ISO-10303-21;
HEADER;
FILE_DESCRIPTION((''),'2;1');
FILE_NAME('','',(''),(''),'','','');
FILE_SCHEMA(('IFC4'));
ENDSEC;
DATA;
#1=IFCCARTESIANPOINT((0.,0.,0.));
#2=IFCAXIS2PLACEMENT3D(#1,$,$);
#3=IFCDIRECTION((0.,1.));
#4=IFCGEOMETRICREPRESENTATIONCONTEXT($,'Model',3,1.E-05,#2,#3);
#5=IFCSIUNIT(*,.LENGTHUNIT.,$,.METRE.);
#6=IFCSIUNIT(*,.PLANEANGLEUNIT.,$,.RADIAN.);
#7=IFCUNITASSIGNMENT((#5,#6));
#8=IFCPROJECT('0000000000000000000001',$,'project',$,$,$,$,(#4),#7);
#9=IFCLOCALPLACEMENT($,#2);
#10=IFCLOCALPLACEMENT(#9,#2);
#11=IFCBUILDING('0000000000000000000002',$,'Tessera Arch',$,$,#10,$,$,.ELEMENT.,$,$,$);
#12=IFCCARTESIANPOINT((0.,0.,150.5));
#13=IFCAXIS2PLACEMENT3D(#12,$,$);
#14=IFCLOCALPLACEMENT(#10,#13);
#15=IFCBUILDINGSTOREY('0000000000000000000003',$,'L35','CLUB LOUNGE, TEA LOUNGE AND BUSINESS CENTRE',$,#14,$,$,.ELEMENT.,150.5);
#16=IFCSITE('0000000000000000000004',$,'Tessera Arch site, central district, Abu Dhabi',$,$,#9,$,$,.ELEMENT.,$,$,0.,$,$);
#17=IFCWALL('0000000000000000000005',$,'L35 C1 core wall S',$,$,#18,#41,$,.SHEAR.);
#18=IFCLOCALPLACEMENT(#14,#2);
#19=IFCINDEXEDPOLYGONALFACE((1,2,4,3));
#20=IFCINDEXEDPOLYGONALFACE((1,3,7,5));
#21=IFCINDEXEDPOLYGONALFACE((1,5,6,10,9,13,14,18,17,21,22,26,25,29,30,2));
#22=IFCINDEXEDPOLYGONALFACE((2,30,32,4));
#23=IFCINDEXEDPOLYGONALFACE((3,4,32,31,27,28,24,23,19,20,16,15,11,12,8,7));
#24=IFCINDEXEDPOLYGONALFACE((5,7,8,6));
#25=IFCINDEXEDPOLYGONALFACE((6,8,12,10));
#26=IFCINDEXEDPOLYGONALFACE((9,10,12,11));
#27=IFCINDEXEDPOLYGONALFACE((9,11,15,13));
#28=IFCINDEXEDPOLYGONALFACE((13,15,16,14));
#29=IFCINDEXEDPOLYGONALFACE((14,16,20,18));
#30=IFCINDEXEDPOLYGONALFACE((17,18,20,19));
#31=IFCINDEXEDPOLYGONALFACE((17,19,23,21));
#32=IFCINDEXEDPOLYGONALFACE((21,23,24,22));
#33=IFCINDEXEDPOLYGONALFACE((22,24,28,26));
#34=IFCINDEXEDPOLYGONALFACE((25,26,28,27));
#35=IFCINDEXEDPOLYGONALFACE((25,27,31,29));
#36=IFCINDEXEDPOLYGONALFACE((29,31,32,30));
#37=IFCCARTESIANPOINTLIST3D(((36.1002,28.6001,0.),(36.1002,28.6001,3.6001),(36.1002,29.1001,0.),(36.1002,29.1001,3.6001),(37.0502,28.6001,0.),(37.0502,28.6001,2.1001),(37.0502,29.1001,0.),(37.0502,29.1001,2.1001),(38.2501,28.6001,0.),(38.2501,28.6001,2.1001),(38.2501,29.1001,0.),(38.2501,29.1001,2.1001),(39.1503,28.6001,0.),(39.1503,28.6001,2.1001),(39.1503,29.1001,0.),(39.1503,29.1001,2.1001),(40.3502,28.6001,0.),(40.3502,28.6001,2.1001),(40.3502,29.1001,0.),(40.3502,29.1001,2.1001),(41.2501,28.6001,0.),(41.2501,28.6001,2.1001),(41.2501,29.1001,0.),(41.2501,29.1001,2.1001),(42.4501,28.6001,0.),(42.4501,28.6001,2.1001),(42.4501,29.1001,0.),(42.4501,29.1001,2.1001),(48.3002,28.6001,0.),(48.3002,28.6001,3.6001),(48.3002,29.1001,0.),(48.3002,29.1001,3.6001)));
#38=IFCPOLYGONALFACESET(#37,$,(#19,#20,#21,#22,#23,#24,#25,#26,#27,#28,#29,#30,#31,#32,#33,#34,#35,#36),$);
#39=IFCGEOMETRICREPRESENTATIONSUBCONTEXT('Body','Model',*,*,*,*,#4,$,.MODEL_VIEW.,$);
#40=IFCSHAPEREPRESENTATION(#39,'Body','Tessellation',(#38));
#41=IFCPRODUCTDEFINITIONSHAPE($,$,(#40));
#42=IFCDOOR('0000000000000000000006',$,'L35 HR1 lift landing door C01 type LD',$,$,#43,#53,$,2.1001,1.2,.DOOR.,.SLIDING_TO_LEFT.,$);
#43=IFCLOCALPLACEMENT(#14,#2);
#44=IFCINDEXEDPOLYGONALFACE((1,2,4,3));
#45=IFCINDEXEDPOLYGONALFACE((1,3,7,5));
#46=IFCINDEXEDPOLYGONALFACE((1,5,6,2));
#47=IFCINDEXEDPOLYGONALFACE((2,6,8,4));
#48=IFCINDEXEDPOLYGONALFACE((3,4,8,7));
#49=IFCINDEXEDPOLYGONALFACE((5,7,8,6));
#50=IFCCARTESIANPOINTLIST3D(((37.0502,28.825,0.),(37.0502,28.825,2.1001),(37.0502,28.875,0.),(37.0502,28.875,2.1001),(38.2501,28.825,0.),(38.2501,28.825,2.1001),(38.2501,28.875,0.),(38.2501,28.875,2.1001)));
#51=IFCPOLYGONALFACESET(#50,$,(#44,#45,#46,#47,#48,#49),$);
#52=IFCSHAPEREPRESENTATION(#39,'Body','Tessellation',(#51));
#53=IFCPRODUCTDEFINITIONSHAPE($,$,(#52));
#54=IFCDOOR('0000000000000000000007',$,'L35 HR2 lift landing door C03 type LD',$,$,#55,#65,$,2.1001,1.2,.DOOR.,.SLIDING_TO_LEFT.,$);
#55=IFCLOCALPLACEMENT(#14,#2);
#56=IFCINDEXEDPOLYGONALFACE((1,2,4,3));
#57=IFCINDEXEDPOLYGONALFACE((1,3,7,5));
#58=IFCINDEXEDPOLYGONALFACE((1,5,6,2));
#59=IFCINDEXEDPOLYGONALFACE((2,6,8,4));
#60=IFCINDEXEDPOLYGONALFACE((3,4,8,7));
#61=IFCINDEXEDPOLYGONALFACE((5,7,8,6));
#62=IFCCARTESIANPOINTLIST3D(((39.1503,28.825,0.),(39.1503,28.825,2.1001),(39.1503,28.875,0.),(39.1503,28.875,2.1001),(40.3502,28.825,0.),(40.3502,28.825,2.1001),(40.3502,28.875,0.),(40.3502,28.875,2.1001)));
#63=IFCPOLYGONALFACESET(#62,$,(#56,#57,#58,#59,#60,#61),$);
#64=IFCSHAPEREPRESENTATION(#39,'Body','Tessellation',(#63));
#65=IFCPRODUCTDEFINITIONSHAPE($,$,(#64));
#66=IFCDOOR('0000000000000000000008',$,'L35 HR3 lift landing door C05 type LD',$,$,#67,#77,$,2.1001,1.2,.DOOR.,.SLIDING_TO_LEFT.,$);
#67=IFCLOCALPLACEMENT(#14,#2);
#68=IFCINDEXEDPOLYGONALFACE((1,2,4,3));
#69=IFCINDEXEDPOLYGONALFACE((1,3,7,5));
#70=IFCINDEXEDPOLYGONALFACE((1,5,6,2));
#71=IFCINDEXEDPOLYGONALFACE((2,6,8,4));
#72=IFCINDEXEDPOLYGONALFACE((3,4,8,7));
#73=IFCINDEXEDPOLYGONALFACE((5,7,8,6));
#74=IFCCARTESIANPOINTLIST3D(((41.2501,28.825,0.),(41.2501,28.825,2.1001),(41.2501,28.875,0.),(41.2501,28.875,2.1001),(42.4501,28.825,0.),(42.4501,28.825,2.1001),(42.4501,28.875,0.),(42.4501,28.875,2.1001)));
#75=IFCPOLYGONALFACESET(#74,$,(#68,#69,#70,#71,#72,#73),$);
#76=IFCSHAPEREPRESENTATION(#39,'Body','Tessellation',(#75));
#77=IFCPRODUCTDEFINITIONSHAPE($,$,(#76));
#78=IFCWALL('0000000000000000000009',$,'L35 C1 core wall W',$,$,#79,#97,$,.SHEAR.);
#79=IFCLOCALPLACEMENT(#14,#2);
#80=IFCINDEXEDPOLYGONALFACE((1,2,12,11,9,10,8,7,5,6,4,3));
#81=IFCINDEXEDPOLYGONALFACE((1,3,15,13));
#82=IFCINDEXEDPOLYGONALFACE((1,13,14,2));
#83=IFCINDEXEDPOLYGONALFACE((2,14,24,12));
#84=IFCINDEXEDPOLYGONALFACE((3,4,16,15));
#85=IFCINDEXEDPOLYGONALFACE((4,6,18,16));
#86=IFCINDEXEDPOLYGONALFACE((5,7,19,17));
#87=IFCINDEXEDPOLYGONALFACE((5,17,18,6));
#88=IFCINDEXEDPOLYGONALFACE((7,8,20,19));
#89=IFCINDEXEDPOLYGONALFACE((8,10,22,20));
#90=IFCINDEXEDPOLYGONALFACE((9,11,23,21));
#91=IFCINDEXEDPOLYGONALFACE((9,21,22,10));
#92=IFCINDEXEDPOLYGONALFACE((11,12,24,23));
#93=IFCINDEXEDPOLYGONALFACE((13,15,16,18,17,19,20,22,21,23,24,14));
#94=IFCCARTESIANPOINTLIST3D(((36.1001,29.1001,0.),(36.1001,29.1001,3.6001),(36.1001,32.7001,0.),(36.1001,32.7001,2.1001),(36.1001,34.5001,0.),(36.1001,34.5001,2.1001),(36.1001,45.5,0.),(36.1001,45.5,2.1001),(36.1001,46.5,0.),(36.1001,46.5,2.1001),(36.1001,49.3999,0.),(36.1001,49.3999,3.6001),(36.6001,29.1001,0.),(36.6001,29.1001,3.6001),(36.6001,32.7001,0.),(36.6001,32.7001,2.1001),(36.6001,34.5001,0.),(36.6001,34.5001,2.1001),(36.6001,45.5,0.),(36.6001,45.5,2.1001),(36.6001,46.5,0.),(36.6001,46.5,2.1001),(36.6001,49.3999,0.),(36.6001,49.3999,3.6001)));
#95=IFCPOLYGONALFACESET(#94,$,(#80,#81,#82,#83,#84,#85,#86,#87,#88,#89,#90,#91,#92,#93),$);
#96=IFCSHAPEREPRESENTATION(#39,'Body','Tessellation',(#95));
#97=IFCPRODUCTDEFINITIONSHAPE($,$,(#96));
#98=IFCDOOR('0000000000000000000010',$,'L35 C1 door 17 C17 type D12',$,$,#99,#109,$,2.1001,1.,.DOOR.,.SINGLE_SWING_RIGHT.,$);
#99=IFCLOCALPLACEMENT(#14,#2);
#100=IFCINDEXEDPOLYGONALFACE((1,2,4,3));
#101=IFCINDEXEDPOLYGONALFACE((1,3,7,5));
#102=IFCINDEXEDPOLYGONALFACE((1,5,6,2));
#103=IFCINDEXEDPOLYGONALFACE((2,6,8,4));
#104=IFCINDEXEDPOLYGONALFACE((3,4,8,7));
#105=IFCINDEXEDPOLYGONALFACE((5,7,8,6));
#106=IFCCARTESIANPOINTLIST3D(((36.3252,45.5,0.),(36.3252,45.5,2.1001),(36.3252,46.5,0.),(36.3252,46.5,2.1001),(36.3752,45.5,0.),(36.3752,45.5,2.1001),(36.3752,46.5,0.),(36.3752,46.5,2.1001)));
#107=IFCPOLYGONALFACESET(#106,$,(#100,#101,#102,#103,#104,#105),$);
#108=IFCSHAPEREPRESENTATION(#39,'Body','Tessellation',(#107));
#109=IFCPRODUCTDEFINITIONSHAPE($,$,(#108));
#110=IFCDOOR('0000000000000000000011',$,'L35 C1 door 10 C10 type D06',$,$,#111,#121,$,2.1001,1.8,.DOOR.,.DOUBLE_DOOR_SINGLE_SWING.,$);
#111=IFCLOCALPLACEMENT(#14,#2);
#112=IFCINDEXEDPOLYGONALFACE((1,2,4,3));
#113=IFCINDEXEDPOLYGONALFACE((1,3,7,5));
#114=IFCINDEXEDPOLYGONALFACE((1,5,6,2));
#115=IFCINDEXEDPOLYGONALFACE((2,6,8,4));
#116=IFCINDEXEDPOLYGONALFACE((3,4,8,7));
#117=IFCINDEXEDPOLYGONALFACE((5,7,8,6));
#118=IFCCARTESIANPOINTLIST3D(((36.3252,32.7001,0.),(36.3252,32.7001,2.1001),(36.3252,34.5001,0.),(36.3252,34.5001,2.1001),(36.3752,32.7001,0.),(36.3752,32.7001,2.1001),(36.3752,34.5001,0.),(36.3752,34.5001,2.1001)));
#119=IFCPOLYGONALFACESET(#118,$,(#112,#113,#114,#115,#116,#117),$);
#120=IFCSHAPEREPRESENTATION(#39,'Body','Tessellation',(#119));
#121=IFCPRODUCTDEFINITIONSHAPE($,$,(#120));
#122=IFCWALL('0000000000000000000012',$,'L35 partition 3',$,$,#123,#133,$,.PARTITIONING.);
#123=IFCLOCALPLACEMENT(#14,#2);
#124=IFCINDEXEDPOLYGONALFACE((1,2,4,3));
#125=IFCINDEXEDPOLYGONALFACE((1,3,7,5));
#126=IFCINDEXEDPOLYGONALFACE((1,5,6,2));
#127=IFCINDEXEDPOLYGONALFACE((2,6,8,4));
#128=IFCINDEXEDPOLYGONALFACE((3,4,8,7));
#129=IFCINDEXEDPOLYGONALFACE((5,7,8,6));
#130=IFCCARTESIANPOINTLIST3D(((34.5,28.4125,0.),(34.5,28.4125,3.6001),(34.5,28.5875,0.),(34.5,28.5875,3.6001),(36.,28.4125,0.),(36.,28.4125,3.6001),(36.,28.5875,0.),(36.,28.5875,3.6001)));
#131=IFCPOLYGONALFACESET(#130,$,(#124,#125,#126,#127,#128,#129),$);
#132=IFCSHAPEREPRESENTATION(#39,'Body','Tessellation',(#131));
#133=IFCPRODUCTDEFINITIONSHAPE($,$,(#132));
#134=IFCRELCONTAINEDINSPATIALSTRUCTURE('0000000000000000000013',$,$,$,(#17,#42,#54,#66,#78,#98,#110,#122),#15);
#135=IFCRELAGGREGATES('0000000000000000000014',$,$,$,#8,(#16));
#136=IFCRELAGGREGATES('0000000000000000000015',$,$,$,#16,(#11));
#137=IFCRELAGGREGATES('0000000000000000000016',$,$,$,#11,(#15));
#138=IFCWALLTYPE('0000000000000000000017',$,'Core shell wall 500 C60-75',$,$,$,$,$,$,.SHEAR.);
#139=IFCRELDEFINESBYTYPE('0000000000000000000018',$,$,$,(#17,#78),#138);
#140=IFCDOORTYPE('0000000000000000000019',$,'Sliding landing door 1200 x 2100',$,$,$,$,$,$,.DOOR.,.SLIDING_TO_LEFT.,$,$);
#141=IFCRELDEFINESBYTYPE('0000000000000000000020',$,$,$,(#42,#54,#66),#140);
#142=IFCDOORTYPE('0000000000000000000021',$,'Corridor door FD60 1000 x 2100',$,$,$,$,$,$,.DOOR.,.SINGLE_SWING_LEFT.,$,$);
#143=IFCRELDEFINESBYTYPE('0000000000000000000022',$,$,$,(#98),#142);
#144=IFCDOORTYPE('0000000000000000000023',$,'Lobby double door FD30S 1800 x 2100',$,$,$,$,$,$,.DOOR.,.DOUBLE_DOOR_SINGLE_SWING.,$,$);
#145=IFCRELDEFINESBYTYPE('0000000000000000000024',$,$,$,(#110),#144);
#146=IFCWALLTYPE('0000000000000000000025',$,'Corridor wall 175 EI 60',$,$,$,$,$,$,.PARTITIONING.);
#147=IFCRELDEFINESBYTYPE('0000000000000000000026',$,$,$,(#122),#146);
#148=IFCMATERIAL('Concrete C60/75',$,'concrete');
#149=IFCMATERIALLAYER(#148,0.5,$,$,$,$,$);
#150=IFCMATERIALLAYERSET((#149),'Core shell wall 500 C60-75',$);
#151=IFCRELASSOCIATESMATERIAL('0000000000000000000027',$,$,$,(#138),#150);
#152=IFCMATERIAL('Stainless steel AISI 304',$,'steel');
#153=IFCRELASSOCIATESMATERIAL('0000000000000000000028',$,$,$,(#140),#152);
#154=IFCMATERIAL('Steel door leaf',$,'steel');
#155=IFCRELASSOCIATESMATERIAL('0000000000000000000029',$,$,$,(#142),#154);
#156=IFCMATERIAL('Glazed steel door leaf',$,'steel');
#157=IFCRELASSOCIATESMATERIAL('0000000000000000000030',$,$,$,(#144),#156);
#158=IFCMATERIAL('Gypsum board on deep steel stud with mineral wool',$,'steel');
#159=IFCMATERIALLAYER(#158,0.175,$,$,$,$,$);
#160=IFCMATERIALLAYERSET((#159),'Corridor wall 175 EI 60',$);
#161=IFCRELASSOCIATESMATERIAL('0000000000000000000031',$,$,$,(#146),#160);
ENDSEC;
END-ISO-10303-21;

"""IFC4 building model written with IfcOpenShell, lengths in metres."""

from ifc_helpers import new_model, si_unit, direction, frame, frame_2d, origin, place, context, subcontext, project, spatial, rectangle, extrude, material, layer, layer_set, type_object, element, fill, save


model = new_model("IFC4")

# Units and contexts
model_context = context("Model", 3, precision=1e-05, world=origin(), true_north=direction((0.0, 1.0)))
body_context = subcontext(model_context, "Body", "Model", "MODEL_VIEW")
ifc_project = project(units=[si_unit("LENGTHUNIT", "METRE"), si_unit("PLANEANGLEUNIT", "RADIAN")], contexts=[model_context])

# Site, building, storey
site_placement = place(None, origin())
site = spatial("IfcSite", under=ifc_project, at=site_placement, Name="Tessera Arch site, central district, Abu Dhabi", CompositionType="ELEMENT", RefElevation=0.0)
building_placement = place(site_placement, origin())
building = spatial("IfcBuilding", under=site, at=building_placement, Name="Tessera Arch", CompositionType="ELEMENT")
storey_placement = place(building_placement, frame((0.0, 0.0, 150.5)))
storey = spatial("IfcBuildingStorey", under=building, at=storey_placement, Name="L35", Description="CLUB LOUNGE, TEA LOUNGE AND BUSINESS CENTRE", CompositionType="ELEMENT", Elevation=150.5)

# Walls, openings, doors
ifc_material_1 = material(Name="Concrete C60/75", Category="concrete")
ifc_layer_1 = layer(ifc_material_1, 0.5)
ifc_layer_set_1 = layer_set([ifc_layer_1], Name="Core shell wall 500 C60-75")
wall_type_1 = type_object("IfcWallType", Name="Core shell wall 500 C60-75", PredefinedType="SHEAR", material=ifc_layer_set_1)
wall_1_placement = place(storey_placement, frame((36.1001, 28.8501, 0.0), z_axis=(0.0, 0.0, 1.0), x_axis=(1.0, 0.0, 0.0)))
wall_1 = element("IfcWall", 1, at=wall_1_placement, inside=storey, type_object=wall_type_1, Name="L35 C1 core wall S", PredefinedType="SHEAR", context=body_context, shape_type="SweptSolid", body=[
    extrude(rectangle(XDim=12.2, YDim=0.5, at=frame_2d((6.1001, 0.0))), origin(), (0.0, 0.0, 1.0), 3.6001),
])
opening_1_placement = place(wall_1_placement, frame((0.95, 0.0, 0.0)))
opening_1 = element("IfcOpeningElement", 2, at=opening_1_placement, cuts=wall_1, PredefinedType="OPENING", context=body_context, shape_type="SweptSolid", body=[
    extrude(rectangle(XDim=1.2, YDim=2.1001, at=frame_2d((0.6001, 1.05))), frame((0.0, 0.26, 0.0), z_axis=(0.0, -1.0, 0.0), x_axis=(1.0, 0.0, 0.0)), (0.0, 0.0, 1.0), 0.52),
])
opening_2_placement = place(wall_1_placement, frame((3.05, 0.0, 0.0)))
opening_2 = element("IfcOpeningElement", 3, at=opening_2_placement, cuts=wall_1, PredefinedType="OPENING", context=body_context, shape_type="SweptSolid", body=[
    extrude(rectangle(XDim=1.2, YDim=2.1001, at=frame_2d((0.6001, 1.05))), frame((0.0, 0.26, 0.0), z_axis=(0.0, -1.0, 0.0), x_axis=(1.0, 0.0, 0.0)), (0.0, 0.0, 1.0), 0.52),
])
opening_3_placement = place(wall_1_placement, frame((5.1499, 0.0, 0.0)))
opening_3 = element("IfcOpeningElement", 4, at=opening_3_placement, cuts=wall_1, PredefinedType="OPENING", context=body_context, shape_type="SweptSolid", body=[
    extrude(rectangle(XDim=1.2, YDim=2.1001, at=frame_2d((0.6001, 1.05))), frame((0.0, 0.26, 0.0), z_axis=(0.0, -1.0, 0.0), x_axis=(1.0, 0.0, 0.0)), (0.0, 0.0, 1.0), 0.52),
])
ifc_material_2 = material(Name="Stainless steel AISI 304", Category="steel")
door_type_1 = type_object("IfcDoorType", Name="Sliding landing door 1200 x 2100", OperationType="SLIDING_TO_LEFT", PredefinedType="DOOR", material=ifc_material_2)
door_1_placement = place(opening_1_placement, origin())
door_1 = element("IfcDoor", 5, at=door_1_placement, inside=storey, type_object=door_type_1, Name="L35 HR1 lift landing door C01 type LD", OperationType="SLIDING_TO_LEFT", OverallHeight=2.1001, OverallWidth=1.2, PredefinedType="DOOR", context=body_context, shape_type="SweptSolid", body=[
    extrude(rectangle(XDim=1.2, YDim=2.1001, at=frame_2d((0.6001, 1.05))), frame((0.0, 0.0249, 0.0), z_axis=(0.0, -1.0, 0.0), x_axis=(1.0, 0.0, 0.0)), (0.0, 0.0, 1.0), 0.05),
])
fill(opening_1, door_1)
door_2_placement = place(opening_2_placement, origin())
door_2 = element("IfcDoor", 6, at=door_2_placement, inside=storey, type_object=door_type_1, Name="L35 HR2 lift landing door C03 type LD", OperationType="SLIDING_TO_LEFT", OverallHeight=2.1001, OverallWidth=1.2, PredefinedType="DOOR", context=body_context, shape_type="SweptSolid", body=[
    extrude(rectangle(XDim=1.2, YDim=2.1001, at=frame_2d((0.6001, 1.05))), frame((0.0, 0.0249, 0.0), z_axis=(0.0, -1.0, 0.0), x_axis=(1.0, 0.0, 0.0)), (0.0, 0.0, 1.0), 0.05),
])
fill(opening_2, door_2)
door_3_placement = place(opening_3_placement, origin())
door_3 = element("IfcDoor", 7, at=door_3_placement, inside=storey, type_object=door_type_1, Name="L35 HR3 lift landing door C05 type LD", OperationType="SLIDING_TO_LEFT", OverallHeight=2.1001, OverallWidth=1.2, PredefinedType="DOOR", context=body_context, shape_type="SweptSolid", body=[
    extrude(rectangle(XDim=1.2, YDim=2.1001, at=frame_2d((0.6001, 1.05))), frame((0.0, 0.0249, 0.0), z_axis=(0.0, -1.0, 0.0), x_axis=(1.0, 0.0, 0.0)), (0.0, 0.0, 1.0), 0.05),
])
fill(opening_3, door_3)
wall_2_placement = place(storey_placement, frame((36.3501, 29.1001, 0.0), z_axis=(0.0, 0.0, 1.0), x_axis=(0.0, 1.0, 0.0)))
wall_2 = element("IfcWall", 8, at=wall_2_placement, inside=storey, type_object=wall_type_1, Name="L35 C1 core wall W", PredefinedType="SHEAR", context=body_context, shape_type="SweptSolid", body=[
    extrude(rectangle(XDim=20.2998, YDim=0.5, at=frame_2d((10.1499, 0.0))), origin(), (0.0, 0.0, 1.0), 3.6001),
])
opening_4_placement = place(wall_2_placement, frame((3.6001, 0.0, 0.0)))
opening_4 = element("IfcOpeningElement", 9, at=opening_4_placement, cuts=wall_2, PredefinedType="OPENING", context=body_context, shape_type="SweptSolid", body=[
    extrude(rectangle(XDim=1.8, YDim=2.1001, at=frame_2d((0.8999, 1.05))), frame((0.0, 0.26, 0.0), z_axis=(0.0, -1.0, 0.0), x_axis=(1.0, 0.0, 0.0)), (0.0, 0.0, 1.0), 0.52),
])
opening_5_placement = place(wall_2_placement, frame((16.3999, 0.0, 0.0)))
opening_5 = element("IfcOpeningElement", 10, at=opening_5_placement, cuts=wall_2, PredefinedType="OPENING", context=body_context, shape_type="SweptSolid", body=[
    extrude(rectangle(XDim=1.0, YDim=2.1001, at=frame_2d((0.5, 1.05))), frame((0.0, 0.26, 0.0), z_axis=(0.0, -1.0, 0.0), x_axis=(1.0, 0.0, 0.0)), (0.0, 0.0, 1.0), 0.52),
])
ifc_material_3 = material(Name="Steel door leaf", Category="steel")
door_type_2 = type_object("IfcDoorType", Name="Corridor door FD60 1000 x 2100", OperationType="SINGLE_SWING_LEFT", PredefinedType="DOOR", material=ifc_material_3)
door_4_placement = place(opening_5_placement, origin())
door_4 = element("IfcDoor", 11, at=door_4_placement, inside=storey, type_object=door_type_2, Name="L35 C1 door 17 C17 type D12", OperationType="SINGLE_SWING_RIGHT", OverallHeight=2.1001, OverallWidth=1.0, PredefinedType="DOOR", context=body_context, shape_type="SweptSolid", body=[
    extrude(rectangle(XDim=1.0, YDim=2.1001, at=frame_2d((0.5, 1.05))), frame((0.0, 0.0249, 0.0), z_axis=(0.0, -1.0, 0.0), x_axis=(1.0, 0.0, 0.0)), (0.0, 0.0, 1.0), 0.05),
])
fill(opening_5, door_4)
ifc_material_4 = material(Name="Glazed steel door leaf", Category="steel")
door_type_3 = type_object("IfcDoorType", Name="Lobby double door FD30S 1800 x 2100", OperationType="DOUBLE_DOOR_SINGLE_SWING", PredefinedType="DOOR", material=ifc_material_4)
door_5_placement = place(opening_4_placement, origin())
door_5 = element("IfcDoor", 12, at=door_5_placement, inside=storey, type_object=door_type_3, Name="L35 C1 door 10 C10 type D06", OperationType="DOUBLE_DOOR_SINGLE_SWING", OverallHeight=2.1001, OverallWidth=1.8, PredefinedType="DOOR", context=body_context, shape_type="SweptSolid", body=[
    extrude(rectangle(XDim=1.8, YDim=2.1001, at=frame_2d((0.8999, 1.05))), frame((0.0, 0.0249, 0.0), z_axis=(0.0, -1.0, 0.0), x_axis=(1.0, 0.0, 0.0)), (0.0, 0.0, 1.0), 0.05),
])
fill(opening_4, door_5)

# Wall
ifc_material_5 = material(Name="Gypsum board on deep steel stud with mineral wool", Category="steel")
ifc_layer_2 = layer(ifc_material_5, 0.175)
ifc_layer_set_2 = layer_set([ifc_layer_2], Name="Corridor wall 175 EI 60")
wall_type_2 = type_object("IfcWallType", Name="Corridor wall 175 EI 60", PredefinedType="PARTITIONING", material=ifc_layer_set_2)
wall_3_placement = place(storey_placement, frame((34.5, 28.5, 0.0), z_axis=(0.0, 0.0, 1.0), x_axis=(1.0, 0.0, 0.0)))
element("IfcWall", 13, at=wall_3_placement, inside=storey, type_object=wall_type_2, Name="L35 partition 3", PredefinedType="PARTITIONING", context=body_context, shape_type="SweptSolid", body=[
    extrude(rectangle(XDim=1.5, YDim=0.175, at=frame_2d((0.75, 0.0))), origin(), (0.0, 0.0, 1.0), 3.6001),
])

save(model, "model.ifc")
